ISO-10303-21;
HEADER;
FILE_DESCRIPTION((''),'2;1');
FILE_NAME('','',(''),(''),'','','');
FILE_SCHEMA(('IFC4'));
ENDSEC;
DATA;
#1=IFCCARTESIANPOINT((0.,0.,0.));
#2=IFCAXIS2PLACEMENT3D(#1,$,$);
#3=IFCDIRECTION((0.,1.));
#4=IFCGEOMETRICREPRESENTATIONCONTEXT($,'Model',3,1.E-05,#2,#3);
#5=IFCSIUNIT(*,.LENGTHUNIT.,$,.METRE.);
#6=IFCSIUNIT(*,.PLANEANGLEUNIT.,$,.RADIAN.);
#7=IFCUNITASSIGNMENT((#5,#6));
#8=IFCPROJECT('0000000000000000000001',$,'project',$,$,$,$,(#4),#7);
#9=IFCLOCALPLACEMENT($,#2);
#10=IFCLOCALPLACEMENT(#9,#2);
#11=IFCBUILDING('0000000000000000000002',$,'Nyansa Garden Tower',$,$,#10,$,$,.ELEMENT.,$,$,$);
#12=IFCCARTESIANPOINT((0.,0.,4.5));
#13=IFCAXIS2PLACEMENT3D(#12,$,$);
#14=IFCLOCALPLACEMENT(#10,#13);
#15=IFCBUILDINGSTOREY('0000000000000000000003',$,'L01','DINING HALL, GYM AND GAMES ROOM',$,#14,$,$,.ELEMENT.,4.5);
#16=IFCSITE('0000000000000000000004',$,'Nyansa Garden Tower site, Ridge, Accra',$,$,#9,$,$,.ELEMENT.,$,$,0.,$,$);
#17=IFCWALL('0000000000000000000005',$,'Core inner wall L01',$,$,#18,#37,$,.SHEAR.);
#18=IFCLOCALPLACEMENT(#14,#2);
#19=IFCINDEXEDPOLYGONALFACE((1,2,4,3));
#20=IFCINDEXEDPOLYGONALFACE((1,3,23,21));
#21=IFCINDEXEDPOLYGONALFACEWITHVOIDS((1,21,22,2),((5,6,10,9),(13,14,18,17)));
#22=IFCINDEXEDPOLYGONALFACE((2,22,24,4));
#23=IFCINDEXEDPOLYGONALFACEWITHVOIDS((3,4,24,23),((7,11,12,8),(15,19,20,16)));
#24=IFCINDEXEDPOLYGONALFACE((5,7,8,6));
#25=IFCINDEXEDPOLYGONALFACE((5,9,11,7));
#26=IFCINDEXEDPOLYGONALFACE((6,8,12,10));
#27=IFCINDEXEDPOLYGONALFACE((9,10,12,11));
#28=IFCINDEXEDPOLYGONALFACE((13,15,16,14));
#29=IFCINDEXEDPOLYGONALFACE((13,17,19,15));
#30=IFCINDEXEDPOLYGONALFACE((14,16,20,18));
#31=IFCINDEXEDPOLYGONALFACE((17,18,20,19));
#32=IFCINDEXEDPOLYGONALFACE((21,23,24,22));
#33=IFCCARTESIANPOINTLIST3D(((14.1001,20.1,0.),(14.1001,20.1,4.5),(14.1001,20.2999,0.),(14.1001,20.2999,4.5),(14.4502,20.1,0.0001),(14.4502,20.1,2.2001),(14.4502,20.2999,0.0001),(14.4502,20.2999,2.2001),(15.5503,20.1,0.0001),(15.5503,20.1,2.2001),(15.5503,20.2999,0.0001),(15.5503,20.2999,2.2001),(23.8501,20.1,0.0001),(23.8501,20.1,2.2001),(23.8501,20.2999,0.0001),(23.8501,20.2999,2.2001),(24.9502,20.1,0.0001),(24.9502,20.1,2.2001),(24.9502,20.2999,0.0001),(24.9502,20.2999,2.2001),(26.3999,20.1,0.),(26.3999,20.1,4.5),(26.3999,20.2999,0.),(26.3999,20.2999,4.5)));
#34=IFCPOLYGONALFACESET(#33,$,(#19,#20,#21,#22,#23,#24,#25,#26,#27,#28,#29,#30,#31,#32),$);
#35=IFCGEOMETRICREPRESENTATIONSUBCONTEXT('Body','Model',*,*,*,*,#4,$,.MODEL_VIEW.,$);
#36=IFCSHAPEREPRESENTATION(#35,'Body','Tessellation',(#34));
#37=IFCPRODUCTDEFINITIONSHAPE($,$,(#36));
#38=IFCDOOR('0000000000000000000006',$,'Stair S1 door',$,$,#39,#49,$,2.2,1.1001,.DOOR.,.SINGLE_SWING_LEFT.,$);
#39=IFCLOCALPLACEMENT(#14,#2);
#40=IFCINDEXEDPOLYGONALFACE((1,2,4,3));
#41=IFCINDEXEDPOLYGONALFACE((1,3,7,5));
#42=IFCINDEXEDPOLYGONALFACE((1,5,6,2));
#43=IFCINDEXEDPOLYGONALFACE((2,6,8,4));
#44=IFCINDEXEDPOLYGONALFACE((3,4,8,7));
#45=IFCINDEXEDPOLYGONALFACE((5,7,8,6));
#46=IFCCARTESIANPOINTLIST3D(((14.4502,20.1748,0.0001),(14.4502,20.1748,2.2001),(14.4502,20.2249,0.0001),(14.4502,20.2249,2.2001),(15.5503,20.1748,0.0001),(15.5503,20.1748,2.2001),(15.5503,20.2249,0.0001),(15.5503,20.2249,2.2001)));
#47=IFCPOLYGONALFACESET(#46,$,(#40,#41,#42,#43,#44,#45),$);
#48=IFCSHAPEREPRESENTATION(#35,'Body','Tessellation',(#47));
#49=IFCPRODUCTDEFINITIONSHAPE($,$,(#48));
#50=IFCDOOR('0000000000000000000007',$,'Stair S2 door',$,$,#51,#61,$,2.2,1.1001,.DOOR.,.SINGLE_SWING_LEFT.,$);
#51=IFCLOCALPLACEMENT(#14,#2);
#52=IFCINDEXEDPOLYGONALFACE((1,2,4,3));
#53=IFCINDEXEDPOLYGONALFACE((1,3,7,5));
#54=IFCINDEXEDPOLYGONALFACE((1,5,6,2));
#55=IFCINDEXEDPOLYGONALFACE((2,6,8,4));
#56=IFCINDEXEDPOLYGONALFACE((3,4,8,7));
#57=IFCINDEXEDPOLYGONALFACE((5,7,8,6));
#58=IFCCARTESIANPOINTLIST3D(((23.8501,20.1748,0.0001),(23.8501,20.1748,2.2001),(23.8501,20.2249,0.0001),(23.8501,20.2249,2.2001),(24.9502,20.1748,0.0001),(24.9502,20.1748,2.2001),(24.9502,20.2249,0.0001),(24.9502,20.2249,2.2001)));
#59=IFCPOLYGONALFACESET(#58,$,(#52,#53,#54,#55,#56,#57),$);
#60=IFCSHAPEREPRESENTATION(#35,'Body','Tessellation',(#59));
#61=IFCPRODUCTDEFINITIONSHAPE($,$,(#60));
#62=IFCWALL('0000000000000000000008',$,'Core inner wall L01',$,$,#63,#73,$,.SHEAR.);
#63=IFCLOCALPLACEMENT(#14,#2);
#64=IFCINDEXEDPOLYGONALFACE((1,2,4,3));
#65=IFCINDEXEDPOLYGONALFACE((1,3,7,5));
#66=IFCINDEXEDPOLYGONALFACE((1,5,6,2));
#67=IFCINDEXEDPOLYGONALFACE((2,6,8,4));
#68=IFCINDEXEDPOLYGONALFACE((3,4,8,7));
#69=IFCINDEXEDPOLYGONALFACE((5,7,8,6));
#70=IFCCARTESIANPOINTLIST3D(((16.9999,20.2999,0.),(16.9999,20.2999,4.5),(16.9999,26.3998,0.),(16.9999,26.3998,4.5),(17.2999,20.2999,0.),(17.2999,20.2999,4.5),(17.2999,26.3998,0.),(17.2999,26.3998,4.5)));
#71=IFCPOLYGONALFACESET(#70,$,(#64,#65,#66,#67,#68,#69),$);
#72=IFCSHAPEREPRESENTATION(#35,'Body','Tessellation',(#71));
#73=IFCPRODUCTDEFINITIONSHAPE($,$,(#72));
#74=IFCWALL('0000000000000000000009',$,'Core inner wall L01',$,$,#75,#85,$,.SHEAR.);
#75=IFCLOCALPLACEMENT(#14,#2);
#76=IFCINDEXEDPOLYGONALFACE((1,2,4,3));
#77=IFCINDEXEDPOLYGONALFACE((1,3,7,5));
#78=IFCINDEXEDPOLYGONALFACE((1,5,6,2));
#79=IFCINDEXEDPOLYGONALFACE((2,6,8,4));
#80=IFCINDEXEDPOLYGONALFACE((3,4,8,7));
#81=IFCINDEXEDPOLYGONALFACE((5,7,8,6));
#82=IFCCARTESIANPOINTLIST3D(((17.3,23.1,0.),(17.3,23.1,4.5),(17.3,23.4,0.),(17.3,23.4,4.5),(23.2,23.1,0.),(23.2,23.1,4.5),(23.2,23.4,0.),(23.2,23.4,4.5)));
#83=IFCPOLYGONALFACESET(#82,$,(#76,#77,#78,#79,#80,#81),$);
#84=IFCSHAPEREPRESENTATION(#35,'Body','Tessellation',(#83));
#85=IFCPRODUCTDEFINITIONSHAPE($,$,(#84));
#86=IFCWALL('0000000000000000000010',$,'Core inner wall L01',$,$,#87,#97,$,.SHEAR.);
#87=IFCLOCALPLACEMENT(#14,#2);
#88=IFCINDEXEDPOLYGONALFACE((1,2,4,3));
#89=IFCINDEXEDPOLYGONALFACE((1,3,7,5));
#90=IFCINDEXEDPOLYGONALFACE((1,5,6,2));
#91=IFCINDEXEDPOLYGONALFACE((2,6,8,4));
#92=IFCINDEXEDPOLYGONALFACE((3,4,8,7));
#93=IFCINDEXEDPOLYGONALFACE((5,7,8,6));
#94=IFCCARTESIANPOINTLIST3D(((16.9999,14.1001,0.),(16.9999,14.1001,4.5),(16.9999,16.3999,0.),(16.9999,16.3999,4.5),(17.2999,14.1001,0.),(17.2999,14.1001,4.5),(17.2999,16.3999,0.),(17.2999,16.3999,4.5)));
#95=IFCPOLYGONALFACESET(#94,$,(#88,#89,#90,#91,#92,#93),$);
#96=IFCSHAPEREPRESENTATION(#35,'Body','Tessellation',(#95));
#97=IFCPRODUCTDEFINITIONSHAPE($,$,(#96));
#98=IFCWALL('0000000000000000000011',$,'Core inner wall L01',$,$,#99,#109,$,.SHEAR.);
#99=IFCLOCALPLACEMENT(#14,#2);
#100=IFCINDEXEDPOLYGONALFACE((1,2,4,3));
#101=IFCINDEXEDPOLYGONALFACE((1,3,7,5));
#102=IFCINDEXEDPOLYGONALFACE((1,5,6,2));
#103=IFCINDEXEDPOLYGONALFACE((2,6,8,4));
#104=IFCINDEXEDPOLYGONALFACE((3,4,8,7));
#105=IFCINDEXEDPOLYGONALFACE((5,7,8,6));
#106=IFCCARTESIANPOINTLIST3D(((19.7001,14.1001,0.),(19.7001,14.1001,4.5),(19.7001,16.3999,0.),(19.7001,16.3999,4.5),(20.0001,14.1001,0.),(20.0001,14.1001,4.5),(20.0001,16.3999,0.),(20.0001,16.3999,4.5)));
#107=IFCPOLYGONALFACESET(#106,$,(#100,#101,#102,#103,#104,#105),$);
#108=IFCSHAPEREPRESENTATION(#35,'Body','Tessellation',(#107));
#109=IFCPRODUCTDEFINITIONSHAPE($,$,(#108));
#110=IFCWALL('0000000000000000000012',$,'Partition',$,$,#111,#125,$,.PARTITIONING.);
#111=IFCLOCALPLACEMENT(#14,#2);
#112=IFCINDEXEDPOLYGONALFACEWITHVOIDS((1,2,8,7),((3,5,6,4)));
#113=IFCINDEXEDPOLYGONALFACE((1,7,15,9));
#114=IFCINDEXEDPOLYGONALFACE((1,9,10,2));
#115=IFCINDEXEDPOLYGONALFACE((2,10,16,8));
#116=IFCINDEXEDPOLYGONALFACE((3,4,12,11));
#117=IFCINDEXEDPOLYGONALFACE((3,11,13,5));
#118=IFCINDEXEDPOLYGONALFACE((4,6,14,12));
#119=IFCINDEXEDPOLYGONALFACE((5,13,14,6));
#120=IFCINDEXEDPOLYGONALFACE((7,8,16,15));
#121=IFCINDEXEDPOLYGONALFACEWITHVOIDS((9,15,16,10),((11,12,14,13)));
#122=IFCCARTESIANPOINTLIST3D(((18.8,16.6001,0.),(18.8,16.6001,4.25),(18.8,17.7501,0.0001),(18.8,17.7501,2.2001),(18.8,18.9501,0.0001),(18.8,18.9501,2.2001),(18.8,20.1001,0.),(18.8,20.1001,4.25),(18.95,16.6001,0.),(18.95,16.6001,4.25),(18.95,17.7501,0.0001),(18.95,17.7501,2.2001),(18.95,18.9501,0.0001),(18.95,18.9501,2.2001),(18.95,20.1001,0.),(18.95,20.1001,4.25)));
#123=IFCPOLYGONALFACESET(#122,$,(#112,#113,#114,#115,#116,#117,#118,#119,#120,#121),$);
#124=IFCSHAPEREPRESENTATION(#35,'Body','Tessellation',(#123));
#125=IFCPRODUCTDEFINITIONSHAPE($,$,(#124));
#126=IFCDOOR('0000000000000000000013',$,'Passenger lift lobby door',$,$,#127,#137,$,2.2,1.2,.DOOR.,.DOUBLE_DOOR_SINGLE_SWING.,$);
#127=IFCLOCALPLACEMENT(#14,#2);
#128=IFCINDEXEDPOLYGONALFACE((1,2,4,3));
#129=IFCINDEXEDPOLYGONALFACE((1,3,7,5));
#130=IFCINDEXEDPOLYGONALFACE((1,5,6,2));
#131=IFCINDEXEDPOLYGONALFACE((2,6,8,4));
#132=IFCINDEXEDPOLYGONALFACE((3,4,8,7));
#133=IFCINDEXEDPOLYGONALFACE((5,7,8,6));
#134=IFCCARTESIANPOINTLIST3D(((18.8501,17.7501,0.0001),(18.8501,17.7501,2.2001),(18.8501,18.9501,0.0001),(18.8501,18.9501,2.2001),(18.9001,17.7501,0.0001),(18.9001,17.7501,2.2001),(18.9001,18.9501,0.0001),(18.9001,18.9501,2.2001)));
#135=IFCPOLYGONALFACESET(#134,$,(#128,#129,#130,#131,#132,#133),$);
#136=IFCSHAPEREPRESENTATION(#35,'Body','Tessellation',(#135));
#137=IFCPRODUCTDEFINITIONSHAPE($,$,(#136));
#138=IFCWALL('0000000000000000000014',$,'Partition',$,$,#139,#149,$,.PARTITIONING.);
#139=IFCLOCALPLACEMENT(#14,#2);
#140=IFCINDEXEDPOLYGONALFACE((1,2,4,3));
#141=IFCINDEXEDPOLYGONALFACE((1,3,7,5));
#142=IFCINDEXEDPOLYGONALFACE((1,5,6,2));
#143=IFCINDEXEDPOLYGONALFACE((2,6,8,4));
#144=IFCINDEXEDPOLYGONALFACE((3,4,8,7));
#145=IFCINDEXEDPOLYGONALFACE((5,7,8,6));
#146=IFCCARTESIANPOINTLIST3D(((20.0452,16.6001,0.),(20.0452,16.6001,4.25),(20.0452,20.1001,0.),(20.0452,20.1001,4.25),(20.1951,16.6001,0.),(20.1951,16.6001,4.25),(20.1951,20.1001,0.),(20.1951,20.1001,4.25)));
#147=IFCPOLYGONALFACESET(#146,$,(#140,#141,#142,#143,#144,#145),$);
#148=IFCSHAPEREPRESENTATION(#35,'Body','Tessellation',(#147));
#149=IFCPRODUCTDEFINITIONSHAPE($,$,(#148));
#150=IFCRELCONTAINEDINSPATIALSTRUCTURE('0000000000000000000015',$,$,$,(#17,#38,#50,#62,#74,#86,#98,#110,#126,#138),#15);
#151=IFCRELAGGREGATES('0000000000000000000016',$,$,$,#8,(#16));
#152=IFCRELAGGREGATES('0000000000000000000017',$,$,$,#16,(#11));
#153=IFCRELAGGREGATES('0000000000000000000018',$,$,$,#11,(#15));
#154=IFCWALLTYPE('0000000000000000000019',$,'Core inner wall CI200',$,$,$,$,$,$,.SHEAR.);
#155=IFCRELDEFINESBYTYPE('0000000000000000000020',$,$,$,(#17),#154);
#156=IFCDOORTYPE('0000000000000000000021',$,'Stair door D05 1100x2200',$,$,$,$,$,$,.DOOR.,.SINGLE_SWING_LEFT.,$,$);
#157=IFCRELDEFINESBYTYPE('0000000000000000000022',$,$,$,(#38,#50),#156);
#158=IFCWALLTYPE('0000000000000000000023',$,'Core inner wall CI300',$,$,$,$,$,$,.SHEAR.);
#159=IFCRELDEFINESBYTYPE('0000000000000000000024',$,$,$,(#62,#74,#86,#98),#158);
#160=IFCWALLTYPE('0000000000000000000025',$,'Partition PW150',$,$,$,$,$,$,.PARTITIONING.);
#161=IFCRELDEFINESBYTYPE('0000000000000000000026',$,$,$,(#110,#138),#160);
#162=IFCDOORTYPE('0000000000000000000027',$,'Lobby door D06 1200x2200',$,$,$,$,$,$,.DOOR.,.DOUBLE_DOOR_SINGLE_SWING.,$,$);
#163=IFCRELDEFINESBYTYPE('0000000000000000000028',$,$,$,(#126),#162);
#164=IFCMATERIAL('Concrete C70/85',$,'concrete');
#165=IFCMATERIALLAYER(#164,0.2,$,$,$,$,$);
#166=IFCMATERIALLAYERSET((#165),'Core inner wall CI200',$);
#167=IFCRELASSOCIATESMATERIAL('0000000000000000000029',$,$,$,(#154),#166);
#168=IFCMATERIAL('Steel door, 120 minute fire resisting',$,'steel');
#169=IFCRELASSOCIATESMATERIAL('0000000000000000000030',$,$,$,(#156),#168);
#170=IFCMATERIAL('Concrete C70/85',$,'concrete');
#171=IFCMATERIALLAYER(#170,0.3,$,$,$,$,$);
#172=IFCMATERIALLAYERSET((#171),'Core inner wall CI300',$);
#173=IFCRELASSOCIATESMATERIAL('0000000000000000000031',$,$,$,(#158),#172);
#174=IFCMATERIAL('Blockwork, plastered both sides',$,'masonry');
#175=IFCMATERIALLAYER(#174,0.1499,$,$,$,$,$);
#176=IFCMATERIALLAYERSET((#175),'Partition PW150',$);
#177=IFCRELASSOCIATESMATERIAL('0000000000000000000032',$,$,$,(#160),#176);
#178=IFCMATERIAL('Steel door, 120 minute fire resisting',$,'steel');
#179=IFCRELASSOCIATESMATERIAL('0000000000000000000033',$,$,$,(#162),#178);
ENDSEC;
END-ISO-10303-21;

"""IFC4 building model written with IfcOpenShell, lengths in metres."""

from ifc_helpers import new_model, si_unit, direction, frame, frame_2d, origin, place, context, subcontext, project, spatial, rectangle, extrude, material, layer, layer_set, type_object, element, fill, save


model = new_model("IFC4")

# Units and contexts
model_context = context("Model", 3, precision=1e-05, world=origin(), true_north=direction((0.0, 1.0)))
body_context = subcontext(model_context, "Body", "Model", "MODEL_VIEW")
ifc_project = project(units=[si_unit("LENGTHUNIT", "METRE"), si_unit("PLANEANGLEUNIT", "RADIAN")], contexts=[model_context])

# Site, building, storey
site_placement = place(None, origin())
site = spatial("IfcSite", under=ifc_project, at=site_placement, Name="Nyansa Garden Tower site, Ridge, Accra", CompositionType="ELEMENT", RefElevation=0.0)
building_placement = place(site_placement, origin())
building = spatial("IfcBuilding", under=site, at=building_placement, Name="Nyansa Garden Tower", CompositionType="ELEMENT")
storey_placement = place(building_placement, frame((0.0, 0.0, 4.5)))
storey = spatial("IfcBuildingStorey", under=building, at=storey_placement, Name="L01", Description="DINING HALL, GYM AND GAMES ROOM", CompositionType="ELEMENT", Elevation=4.5)

# Wall, openings, doors
ifc_material_1 = material(Name="Concrete C70/85", Category="concrete")
ifc_layer_1 = layer(ifc_material_1, 0.2)
ifc_layer_set_1 = layer_set([ifc_layer_1], Name="Core inner wall CI200")
wall_type_1 = type_object("IfcWallType", Name="Core inner wall CI200", PredefinedType="SHEAR", material=ifc_layer_set_1)
wall_1_placement = place(storey_placement, frame((14.1001, 20.2, 0.0), z_axis=(0.0, 0.0, 1.0), x_axis=(1.0, 0.0, 0.0)))
wall_1 = element("IfcWall", 1, at=wall_1_placement, inside=storey, type_object=wall_type_1, Name="Core inner wall L01", PredefinedType="SHEAR", context=body_context, shape_type="SweptSolid", body=[
    extrude(rectangle(XDim=12.2998, YDim=0.2, at=frame_2d((6.1499, 0.0))), origin(), (0.0, 0.0, 1.0), 4.5),
])
opening_1_placement = place(wall_1_placement, frame((0.3501, 0.0, 0.0)))
opening_1 = element("IfcOpeningElement", 2, at=opening_1_placement, cuts=wall_1, PredefinedType="OPENING", context=body_context, shape_type="SweptSolid", body=[
    extrude(rectangle(XDim=1.1001, YDim=2.2, at=frame_2d((0.55, 1.1001))), frame((0.0, 0.1099, 0.0), z_axis=(0.0, -1.0, 0.0), x_axis=(1.0, 0.0, 0.0)), (0.0, 0.0, 1.0), 0.22),
])
opening_2_placement = place(wall_1_placement, frame((9.75, 0.0, 0.0)))
opening_2 = element("IfcOpeningElement", 3, at=opening_2_placement, cuts=wall_1, PredefinedType="OPENING", context=body_context, shape_type="SweptSolid", body=[
    extrude(rectangle(XDim=1.1001, YDim=2.2, at=frame_2d((0.55, 1.1001))), frame((0.0, 0.1099, 0.0), z_axis=(0.0, -1.0, 0.0), x_axis=(1.0, 0.0, 0.0)), (0.0, 0.0, 1.0), 0.22),
])
ifc_material_2 = material(Name="Steel door, 120 minute fire resisting", Category="steel")
door_type_1 = type_object("IfcDoorType", Name="Stair door D05 1100x2200", OperationType="SINGLE_SWING_LEFT", PredefinedType="DOOR", material=ifc_material_2)
door_1_placement = place(opening_1_placement, origin())
door_1 = element("IfcDoor", 4, at=door_1_placement, inside=storey, type_object=door_type_1, Name="Stair S1 door", OperationType="SINGLE_SWING_LEFT", OverallHeight=2.2, OverallWidth=1.1001, PredefinedType="DOOR", context=body_context, shape_type="SweptSolid", body=[
    extrude(rectangle(XDim=1.1001, YDim=2.2, at=frame_2d((0.55, 1.1001))), frame((0.0, 0.0249, 0.0), z_axis=(0.0, -1.0, 0.0), x_axis=(1.0, 0.0, 0.0)), (0.0, 0.0, 1.0), 0.05),
])
fill(opening_1, door_1)
door_2_placement = place(opening_2_placement, origin())
door_2 = element("IfcDoor", 5, at=door_2_placement, inside=storey, type_object=door_type_1, Name="Stair S2 door", OperationType="SINGLE_SWING_LEFT", OverallHeight=2.2, OverallWidth=1.1001, PredefinedType="DOOR", context=body_context, shape_type="SweptSolid", body=[
    extrude(rectangle(XDim=1.1001, YDim=2.2, at=frame_2d((0.55, 1.1001))), frame((0.0, 0.0249, 0.0), z_axis=(0.0, -1.0, 0.0), x_axis=(1.0, 0.0, 0.0)), (0.0, 0.0, 1.0), 0.05),
])
fill(opening_2, door_2)

# Walls
ifc_material_3 = material(Name="Concrete C70/85", Category="concrete")
ifc_layer_2 = layer(ifc_material_3, 0.3)
ifc_layer_set_2 = layer_set([ifc_layer_2], Name="Core inner wall CI300")
wall_type_2 = type_object("IfcWallType", Name="Core inner wall CI300", PredefinedType="SHEAR", material=ifc_layer_set_2)
wall_2_placement = place(storey_placement, frame((17.1499, 20.3, 0.0), z_axis=(0.0, 0.0, 1.0), x_axis=(0.0, 1.0, 0.0)))
element("IfcWall", 6, at=wall_2_placement, inside=storey, type_object=wall_type_2, Name="Core inner wall L01", PredefinedType="SHEAR", context=body_context, shape_type="SweptSolid", body=[
    extrude(rectangle(XDim=6.0999, YDim=0.3, at=frame_2d((3.0498, 0.0))), origin(), (0.0, 0.0, 1.0), 4.5),
])
wall_3_placement = place(storey_placement, frame((17.3, 23.25, 0.0), z_axis=(0.0, 0.0, 1.0), x_axis=(1.0, 0.0, 0.0)))
element("IfcWall", 7, at=wall_3_placement, inside=storey, type_object=wall_type_2, Name="Core inner wall L01", PredefinedType="SHEAR", context=body_context, shape_type="SweptSolid", body=[
    extrude(rectangle(XDim=5.8999, YDim=0.3, at=frame_2d((2.95, 0.0))), origin(), (0.0, 0.0, 1.0), 4.5),
])
for number, where, z_axis, x_axis, name in (
    (8, (17.1499, 14.1001, 0.0), (0.0, 0.0, 1.0), (0.0, 1.0, 0.0), "Core inner wall L01"),
    (9, (19.8501, 14.1001, 0.0), (0.0, 0.0, 1.0), (0.0, 1.0, 0.0), "Core inner wall L01"),
):
    element("IfcWall", number, at=place(storey_placement, frame(where, z_axis=z_axis, x_axis=x_axis)), inside=storey, type_object=wall_type_2, Name=name, PredefinedType="SHEAR", context=body_context, shape_type="SweptSolid", body=[
        extrude(rectangle(XDim=2.2998, YDim=0.3, at=frame_2d((1.1499, 0.0))), origin(), (0.0, 0.0, 1.0), 4.5),
    ])

# Wall, opening, door
ifc_material_4 = material(Name="Blockwork, plastered both sides", Category="masonry")
ifc_layer_3 = layer(ifc_material_4, 0.1499)
ifc_layer_set_3 = layer_set([ifc_layer_3], Name="Partition PW150")
wall_type_3 = type_object("IfcWallType", Name="Partition PW150", PredefinedType="PARTITIONING", material=ifc_layer_set_3)
wall_4_placement = place(storey_placement, frame((18.875, 16.6001, 0.0), z_axis=(0.0, 0.0, 1.0), x_axis=(0.0, 1.0, 0.0)))
wall_4 = element("IfcWall", 10, at=wall_4_placement, inside=storey, type_object=wall_type_3, Name="Partition", PredefinedType="PARTITIONING", context=body_context, shape_type="SweptSolid", body=[
    extrude(rectangle(XDim=3.5, YDim=0.1499, at=frame_2d((1.75, 0.0))), origin(), (0.0, 0.0, 1.0), 4.25),
])
opening_3_placement = place(wall_4_placement, frame((1.1499, 0.0, 0.0)))
opening_3 = element("IfcOpeningElement", 11, at=opening_3_placement, cuts=wall_4, PredefinedType="OPENING", context=body_context, shape_type="SweptSolid", body=[
    extrude(rectangle(XDim=1.2, YDim=2.2, at=frame_2d((0.6001, 1.1001))), frame((0.0, 0.085, 0.0), z_axis=(0.0, -1.0, 0.0), x_axis=(1.0, 0.0, 0.0)), (0.0, 0.0, 1.0), 0.1699),
])
ifc_material_5 = material(Name="Steel door, 120 minute fire resisting", Category="steel")
door_type_2 = type_object("IfcDoorType", Name="Lobby door D06 1200x2200", OperationType="DOUBLE_DOOR_SINGLE_SWING", PredefinedType="DOOR", material=ifc_material_5)
door_3_placement = place(opening_3_placement, origin())
door_3 = element("IfcDoor", 12, at=door_3_placement, inside=storey, type_object=door_type_2, Name="Passenger lift lobby door", OperationType="DOUBLE_DOOR_SINGLE_SWING", OverallHeight=2.2, OverallWidth=1.2, PredefinedType="DOOR", context=body_context, shape_type="SweptSolid", body=[
    extrude(rectangle(XDim=1.2, YDim=2.2, at=frame_2d((0.6001, 1.1001))), frame((0.0, 0.0249, 0.0), z_axis=(0.0, -1.0, 0.0), x_axis=(1.0, 0.0, 0.0)), (0.0, 0.0, 1.0), 0.05),
])
fill(opening_3, door_3)

# Wall
wall_5_placement = place(storey_placement, frame((20.1201, 16.6001, 0.0), z_axis=(0.0, 0.0, 1.0), x_axis=(0.0, 1.0, 0.0)))
element("IfcWall", 13, at=wall_5_placement, inside=storey, type_object=wall_type_3, Name="Partition", PredefinedType="PARTITIONING", context=body_context, shape_type="SweptSolid", body=[
    extrude(rectangle(XDim=3.5, YDim=0.1499, at=frame_2d((1.75, 0.0))), origin(), (0.0, 0.0, 1.0), 4.25),
])

save(model, "model.ifc")
